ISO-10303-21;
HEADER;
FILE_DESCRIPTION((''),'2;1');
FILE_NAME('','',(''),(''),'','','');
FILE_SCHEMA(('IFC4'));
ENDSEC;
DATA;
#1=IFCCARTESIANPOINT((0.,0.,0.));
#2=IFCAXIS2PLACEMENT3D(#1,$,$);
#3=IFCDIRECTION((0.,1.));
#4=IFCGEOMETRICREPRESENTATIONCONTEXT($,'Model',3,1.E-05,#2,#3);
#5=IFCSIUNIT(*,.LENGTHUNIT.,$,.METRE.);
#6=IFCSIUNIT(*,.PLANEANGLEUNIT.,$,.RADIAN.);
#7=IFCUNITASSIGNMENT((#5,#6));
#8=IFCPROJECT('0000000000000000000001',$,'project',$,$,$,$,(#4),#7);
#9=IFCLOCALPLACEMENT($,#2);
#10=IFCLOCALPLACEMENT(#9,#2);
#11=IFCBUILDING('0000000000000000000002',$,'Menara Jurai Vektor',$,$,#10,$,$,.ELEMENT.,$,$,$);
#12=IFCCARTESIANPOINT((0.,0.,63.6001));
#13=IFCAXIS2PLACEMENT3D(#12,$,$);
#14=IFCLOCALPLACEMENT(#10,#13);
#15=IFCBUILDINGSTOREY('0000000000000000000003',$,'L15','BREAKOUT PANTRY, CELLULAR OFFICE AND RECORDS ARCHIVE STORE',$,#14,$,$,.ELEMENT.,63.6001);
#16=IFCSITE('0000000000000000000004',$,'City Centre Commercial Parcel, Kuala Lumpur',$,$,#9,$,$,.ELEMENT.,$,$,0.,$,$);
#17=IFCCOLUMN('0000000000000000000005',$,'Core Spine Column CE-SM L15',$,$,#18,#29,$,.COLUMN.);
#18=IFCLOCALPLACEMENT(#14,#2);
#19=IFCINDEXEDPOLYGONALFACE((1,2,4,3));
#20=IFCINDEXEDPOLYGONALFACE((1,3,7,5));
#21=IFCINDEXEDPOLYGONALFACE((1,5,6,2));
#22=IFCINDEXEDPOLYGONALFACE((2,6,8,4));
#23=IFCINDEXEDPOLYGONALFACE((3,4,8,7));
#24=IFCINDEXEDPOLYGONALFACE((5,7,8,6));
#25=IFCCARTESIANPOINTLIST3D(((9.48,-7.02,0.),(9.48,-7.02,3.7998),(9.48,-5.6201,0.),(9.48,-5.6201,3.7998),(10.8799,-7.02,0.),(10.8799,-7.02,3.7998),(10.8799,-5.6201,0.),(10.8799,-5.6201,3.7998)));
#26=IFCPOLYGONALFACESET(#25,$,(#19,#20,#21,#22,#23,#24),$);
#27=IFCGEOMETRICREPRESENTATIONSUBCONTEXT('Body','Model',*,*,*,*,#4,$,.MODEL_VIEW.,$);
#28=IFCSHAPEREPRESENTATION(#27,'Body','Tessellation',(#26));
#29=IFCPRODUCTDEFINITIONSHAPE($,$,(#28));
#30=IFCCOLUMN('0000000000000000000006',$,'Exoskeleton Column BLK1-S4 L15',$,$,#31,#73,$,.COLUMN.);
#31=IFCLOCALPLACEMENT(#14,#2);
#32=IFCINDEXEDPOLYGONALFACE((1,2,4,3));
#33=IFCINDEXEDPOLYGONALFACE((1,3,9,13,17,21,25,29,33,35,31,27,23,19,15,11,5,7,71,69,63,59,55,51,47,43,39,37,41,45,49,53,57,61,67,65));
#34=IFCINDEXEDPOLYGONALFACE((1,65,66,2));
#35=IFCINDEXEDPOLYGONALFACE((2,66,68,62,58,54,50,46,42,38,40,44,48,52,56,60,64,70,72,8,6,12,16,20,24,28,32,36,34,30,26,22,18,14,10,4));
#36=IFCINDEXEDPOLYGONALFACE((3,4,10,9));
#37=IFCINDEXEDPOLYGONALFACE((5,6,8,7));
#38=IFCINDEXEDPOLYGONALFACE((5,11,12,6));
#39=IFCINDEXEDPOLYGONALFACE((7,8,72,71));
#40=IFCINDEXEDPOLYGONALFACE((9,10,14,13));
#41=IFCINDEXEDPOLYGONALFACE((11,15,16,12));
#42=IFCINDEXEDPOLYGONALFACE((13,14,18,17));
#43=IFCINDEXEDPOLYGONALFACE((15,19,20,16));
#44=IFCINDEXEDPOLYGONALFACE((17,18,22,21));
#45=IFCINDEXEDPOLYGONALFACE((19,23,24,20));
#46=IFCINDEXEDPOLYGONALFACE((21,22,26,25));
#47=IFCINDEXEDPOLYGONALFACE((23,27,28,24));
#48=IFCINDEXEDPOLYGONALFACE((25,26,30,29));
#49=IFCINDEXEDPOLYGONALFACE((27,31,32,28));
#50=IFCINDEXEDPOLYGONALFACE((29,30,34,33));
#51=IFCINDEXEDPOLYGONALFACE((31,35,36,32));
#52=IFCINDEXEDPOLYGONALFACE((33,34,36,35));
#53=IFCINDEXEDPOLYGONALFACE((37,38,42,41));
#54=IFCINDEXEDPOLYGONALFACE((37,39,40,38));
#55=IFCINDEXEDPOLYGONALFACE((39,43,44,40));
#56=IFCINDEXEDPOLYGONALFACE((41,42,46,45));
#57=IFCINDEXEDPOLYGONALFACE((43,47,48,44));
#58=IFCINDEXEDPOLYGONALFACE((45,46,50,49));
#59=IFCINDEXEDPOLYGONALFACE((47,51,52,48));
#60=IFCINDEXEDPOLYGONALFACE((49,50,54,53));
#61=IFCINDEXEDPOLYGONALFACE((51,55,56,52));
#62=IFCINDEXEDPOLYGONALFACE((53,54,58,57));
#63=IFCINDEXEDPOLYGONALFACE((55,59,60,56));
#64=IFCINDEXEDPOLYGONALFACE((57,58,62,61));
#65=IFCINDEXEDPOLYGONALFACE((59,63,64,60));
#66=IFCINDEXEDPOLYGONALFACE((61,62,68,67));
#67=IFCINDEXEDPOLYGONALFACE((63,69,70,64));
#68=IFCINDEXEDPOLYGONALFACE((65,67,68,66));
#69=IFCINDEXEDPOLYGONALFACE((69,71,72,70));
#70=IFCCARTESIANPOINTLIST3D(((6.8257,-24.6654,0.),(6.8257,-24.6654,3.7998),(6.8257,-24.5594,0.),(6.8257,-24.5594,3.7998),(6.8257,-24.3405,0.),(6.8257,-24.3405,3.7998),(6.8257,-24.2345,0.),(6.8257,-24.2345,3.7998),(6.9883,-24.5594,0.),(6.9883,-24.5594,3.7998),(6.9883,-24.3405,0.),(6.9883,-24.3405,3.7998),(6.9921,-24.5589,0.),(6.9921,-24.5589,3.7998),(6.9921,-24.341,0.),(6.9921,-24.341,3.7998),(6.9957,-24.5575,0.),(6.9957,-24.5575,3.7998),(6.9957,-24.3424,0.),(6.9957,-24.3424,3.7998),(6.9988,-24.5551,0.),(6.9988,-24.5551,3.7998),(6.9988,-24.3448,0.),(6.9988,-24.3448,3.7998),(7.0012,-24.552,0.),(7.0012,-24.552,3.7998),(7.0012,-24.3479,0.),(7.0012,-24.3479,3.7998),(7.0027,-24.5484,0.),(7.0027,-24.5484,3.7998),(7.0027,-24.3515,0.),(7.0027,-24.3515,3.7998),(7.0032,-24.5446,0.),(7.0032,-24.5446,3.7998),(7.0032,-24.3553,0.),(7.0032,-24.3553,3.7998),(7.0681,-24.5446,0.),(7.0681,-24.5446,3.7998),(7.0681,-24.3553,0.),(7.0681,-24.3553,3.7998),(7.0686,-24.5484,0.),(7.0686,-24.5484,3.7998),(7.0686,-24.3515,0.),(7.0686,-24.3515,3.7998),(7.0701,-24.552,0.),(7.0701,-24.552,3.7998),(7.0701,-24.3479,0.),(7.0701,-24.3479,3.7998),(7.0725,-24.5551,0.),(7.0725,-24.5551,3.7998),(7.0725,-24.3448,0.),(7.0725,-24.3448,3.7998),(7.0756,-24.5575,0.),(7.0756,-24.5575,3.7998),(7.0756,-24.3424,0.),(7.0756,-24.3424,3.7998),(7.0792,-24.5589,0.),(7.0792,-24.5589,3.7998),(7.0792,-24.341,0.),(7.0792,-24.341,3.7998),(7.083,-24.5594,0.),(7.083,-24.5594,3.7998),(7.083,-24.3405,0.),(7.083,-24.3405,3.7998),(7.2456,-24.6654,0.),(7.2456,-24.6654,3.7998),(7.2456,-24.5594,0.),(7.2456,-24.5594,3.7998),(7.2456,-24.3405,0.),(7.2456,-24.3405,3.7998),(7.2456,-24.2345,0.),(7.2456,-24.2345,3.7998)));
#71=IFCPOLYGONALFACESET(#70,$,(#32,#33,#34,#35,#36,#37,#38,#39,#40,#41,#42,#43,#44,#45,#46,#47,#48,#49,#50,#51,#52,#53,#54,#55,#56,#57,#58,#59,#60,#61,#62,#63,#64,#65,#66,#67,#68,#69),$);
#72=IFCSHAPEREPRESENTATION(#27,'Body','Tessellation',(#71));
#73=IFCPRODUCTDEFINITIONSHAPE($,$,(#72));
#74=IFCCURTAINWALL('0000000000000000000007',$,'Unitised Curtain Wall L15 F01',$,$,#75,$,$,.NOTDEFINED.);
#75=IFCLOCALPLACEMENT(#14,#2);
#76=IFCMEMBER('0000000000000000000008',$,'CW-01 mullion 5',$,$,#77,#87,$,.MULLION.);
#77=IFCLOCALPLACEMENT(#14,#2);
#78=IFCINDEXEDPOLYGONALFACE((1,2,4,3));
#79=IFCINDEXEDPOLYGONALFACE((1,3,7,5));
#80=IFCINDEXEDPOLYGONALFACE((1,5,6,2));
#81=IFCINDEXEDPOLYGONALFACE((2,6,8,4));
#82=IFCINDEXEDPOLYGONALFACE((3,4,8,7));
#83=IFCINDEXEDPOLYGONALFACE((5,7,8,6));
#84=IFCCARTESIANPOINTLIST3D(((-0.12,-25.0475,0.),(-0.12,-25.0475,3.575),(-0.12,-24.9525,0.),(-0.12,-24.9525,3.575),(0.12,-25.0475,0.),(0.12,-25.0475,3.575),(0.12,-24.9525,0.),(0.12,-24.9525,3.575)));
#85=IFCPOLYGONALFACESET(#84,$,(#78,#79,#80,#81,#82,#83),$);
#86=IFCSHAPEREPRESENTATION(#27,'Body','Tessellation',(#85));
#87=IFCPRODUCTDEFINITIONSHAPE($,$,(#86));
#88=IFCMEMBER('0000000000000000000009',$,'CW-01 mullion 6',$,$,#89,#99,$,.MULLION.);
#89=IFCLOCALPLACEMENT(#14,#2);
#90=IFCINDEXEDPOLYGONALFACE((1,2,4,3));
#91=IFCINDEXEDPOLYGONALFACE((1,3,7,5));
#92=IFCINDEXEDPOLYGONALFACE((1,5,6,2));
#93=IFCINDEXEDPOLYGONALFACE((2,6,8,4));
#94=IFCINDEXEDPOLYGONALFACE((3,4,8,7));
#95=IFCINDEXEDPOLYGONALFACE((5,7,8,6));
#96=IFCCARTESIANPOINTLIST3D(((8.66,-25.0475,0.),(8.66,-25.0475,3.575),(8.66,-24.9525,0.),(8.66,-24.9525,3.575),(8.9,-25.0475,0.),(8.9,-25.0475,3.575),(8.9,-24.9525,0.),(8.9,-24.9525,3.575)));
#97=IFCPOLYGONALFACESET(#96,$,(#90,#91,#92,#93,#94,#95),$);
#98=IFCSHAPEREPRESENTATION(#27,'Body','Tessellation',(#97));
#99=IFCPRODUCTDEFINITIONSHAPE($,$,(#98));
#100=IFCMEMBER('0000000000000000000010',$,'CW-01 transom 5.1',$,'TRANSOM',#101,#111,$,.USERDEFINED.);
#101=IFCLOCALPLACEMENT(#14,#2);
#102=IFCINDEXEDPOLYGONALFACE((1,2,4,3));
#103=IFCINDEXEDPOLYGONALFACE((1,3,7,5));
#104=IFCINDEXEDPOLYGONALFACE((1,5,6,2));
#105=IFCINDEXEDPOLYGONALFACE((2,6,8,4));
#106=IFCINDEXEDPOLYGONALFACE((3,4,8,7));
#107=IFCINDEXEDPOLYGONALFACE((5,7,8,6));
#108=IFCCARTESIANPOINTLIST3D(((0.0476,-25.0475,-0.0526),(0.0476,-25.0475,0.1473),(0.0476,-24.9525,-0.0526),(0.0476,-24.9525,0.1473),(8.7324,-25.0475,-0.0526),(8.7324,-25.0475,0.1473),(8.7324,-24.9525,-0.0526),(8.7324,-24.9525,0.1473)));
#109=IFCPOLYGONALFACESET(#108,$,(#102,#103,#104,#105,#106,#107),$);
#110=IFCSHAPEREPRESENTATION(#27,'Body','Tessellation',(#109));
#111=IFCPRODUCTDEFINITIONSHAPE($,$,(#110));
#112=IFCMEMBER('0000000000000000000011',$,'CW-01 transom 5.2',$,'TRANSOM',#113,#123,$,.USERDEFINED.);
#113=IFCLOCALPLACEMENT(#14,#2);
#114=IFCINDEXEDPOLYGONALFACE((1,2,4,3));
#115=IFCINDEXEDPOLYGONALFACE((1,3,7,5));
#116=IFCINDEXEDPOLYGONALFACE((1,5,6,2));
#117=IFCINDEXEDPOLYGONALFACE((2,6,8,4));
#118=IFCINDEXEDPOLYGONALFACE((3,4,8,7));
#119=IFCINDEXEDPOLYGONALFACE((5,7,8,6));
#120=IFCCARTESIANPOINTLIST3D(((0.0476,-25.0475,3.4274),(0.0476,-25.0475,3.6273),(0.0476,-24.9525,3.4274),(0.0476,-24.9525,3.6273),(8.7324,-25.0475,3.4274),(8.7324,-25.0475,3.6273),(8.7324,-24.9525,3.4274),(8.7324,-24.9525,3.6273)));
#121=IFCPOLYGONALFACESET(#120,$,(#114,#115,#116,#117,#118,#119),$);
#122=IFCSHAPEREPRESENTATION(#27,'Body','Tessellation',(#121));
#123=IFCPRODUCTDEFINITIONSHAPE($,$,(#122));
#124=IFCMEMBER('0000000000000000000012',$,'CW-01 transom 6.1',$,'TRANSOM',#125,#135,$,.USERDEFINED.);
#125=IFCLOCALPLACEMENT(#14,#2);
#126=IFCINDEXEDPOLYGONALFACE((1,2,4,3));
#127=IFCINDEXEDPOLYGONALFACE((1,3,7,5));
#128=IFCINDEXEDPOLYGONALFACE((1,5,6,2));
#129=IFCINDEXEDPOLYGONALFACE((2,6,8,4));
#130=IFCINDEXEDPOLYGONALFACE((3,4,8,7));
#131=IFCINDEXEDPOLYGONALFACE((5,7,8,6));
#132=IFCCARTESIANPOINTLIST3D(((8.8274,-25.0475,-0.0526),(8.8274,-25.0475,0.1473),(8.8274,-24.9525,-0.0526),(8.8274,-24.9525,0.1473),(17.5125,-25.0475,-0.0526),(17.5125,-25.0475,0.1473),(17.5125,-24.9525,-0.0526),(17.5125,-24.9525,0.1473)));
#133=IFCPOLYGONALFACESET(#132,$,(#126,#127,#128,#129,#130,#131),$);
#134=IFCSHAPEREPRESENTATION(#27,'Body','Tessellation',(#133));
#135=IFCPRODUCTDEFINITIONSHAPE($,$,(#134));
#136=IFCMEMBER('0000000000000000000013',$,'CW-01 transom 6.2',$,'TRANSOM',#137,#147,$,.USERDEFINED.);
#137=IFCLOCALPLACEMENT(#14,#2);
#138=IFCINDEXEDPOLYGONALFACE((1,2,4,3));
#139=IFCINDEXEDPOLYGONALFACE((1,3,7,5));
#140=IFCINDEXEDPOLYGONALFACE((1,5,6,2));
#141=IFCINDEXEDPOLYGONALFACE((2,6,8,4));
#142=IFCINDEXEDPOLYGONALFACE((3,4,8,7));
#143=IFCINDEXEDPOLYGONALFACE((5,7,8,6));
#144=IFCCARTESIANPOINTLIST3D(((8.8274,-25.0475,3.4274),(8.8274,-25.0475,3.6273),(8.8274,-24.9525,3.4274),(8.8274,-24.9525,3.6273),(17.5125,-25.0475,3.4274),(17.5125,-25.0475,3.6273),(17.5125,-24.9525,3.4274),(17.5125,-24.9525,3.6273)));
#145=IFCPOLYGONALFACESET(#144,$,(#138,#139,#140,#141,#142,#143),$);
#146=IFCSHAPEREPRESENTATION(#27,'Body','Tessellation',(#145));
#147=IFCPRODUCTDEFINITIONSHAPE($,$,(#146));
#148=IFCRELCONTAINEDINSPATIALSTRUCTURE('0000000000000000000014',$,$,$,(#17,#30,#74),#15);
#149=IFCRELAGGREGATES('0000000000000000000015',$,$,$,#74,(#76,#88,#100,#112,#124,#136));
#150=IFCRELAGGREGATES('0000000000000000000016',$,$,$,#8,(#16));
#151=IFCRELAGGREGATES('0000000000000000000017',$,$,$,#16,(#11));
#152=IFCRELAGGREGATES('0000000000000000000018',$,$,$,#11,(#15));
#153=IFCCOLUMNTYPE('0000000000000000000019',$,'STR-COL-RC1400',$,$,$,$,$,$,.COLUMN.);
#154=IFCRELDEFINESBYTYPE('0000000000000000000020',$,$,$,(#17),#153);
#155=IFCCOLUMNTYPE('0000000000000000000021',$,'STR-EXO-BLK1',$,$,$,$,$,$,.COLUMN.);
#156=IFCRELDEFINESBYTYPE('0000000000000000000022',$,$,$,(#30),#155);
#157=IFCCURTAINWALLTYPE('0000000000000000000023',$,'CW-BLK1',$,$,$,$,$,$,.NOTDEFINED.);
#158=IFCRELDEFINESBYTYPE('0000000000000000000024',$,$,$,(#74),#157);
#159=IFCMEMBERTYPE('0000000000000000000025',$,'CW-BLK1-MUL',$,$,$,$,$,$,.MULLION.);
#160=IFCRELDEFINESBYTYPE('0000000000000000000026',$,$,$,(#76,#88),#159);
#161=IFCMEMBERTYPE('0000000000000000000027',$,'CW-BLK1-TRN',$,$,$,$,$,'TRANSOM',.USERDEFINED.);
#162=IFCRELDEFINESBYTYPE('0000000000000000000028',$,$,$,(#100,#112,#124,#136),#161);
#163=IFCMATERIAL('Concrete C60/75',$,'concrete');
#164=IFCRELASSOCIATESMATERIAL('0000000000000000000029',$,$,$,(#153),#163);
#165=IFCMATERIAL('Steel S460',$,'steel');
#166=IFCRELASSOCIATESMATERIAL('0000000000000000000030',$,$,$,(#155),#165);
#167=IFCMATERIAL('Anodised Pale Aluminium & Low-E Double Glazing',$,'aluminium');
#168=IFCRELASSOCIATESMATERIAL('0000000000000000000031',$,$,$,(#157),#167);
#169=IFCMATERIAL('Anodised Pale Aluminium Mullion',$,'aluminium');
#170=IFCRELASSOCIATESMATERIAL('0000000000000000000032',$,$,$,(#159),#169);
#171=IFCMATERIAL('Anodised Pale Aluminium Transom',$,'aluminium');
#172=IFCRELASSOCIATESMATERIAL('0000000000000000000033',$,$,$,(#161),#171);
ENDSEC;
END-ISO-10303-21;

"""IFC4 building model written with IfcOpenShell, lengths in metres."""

from ifc_helpers import new_model, si_unit, direction, frame, origin, origin_2d, place, context, subcontext, project, spatial, rectangle, i_section, extrude, material, material_profile, profile_set, type_object, element, aggregate, save


model = new_model("IFC4")

# Units and contexts
model_context = context("Model", 3, precision=1e-05, world=origin(), true_north=direction((0.0, 1.0)))
body_context = subcontext(model_context, "Body", "Model", "MODEL_VIEW")
ifc_project = project(units=[si_unit("LENGTHUNIT", "METRE"), si_unit("PLANEANGLEUNIT", "RADIAN")], contexts=[model_context])

# Site, building, storey
site_placement = place(None, origin())
site = spatial("IfcSite", under=ifc_project, at=site_placement, Name="City Centre Commercial Parcel, Kuala Lumpur", CompositionType="ELEMENT", RefElevation=0.0)
building_placement = place(site_placement, origin())
building = spatial("IfcBuilding", under=site, at=building_placement, Name="Menara Jurai Vektor", CompositionType="ELEMENT")
storey_placement = place(building_placement, frame((0.0, 0.0, 63.6001)))
storey = spatial("IfcBuildingStorey", under=building, at=storey_placement, Name="L15", Description="BREAKOUT PANTRY, CELLULAR OFFICE AND RECORDS ARCHIVE STORE", CompositionType="ELEMENT", Elevation=63.6001)

# Columns
ifc_material_1 = material(Name="Concrete C60/75", Category="concrete")
ifc_material_profile_1 = material_profile(ifc_material_1, rectangle(XDim=1.3999, YDim=1.3999, at=origin_2d()), Name="RC 1400x1400")
ifc_profile_set_1 = profile_set([ifc_material_profile_1], Name="Concrete C60/75")
column_type_1 = type_object("IfcColumnType", Name="STR-COL-RC1400", PredefinedType="COLUMN", material=ifc_profile_set_1)
column_1_placement = place(storey_placement, frame((10.1799, -6.3201, 0.0), z_axis=(0.0, 0.0, 1.0), x_axis=(1.0, 0.0, 0.0)))
element("IfcColumn", 1, at=column_1_placement, inside=storey, type_object=column_type_1, Name="Core Spine Column CE-SM L15", PredefinedType="COLUMN", context=body_context, shape_type="SweptSolid", body=[
    extrude(rectangle(XDim=1.3999, YDim=1.3999, at=origin_2d()), origin(), (0.0, 0.0, 1.0), 3.7998),
])
ifc_material_2 = material(Name="Steel S460", Category="steel")
ifc_material_profile_2 = material_profile(ifc_material_2, i_section(OverallWidth=0.4199, OverallDepth=0.4309, WebThickness=0.0649, FlangeThickness=0.106, FilletRadius=0.0149, at=origin_2d()), Name="HD 400x900")
ifc_profile_set_2 = profile_set([ifc_material_profile_2], Name="Steel S460")
column_type_2 = type_object("IfcColumnType", Name="STR-EXO-BLK1", PredefinedType="COLUMN", material=ifc_profile_set_2)
column_2_placement = place(storey_placement, frame((7.0356, -24.45, 0.0), z_axis=(0.0, 0.0, 1.0), x_axis=(1.0, 0.0, 0.0)))
element("IfcColumn", 2, at=column_2_placement, inside=storey, type_object=column_type_2, Name="Exoskeleton Column BLK1-S4 L15", PredefinedType="COLUMN", context=body_context, shape_type="SweptSolid", body=[
    extrude(i_section(OverallWidth=0.4199, OverallDepth=0.4309, WebThickness=0.0649, FlangeThickness=0.106, FilletRadius=0.0149, at=origin_2d()), origin(), (0.0, 0.0, 1.0), 3.7998),
])

# Curtain wall, members
ifc_material_3 = material(Name="Anodised Pale Aluminium & Low-E Double Glazing", Category="aluminium")
curtain_wall_type = type_object("IfcCurtainWallType", Name="CW-BLK1", PredefinedType="NOTDEFINED", material=ifc_material_3)
curtain_wall_placement = place(storey_placement, origin())
curtain_wall = element("IfcCurtainWall", 3, at=curtain_wall_placement, inside=storey, type_object=curtain_wall_type, Name="Unitised Curtain Wall L15 F01", PredefinedType="NOTDEFINED")
ifc_material_4 = material(Name="Anodised Pale Aluminium Mullion", Category="aluminium")
ifc_material_profile_3 = material_profile(ifc_material_4, rectangle(XDim=0.095, YDim=0.24, at=origin_2d()), Name="ALU MUL 95x240")
ifc_profile_set_3 = profile_set([ifc_material_profile_3], Name="Anodised Pale Aluminium Mullion")
member_type_1 = type_object("IfcMemberType", Name="CW-BLK1-MUL", PredefinedType="MULLION", material=ifc_profile_set_3)
member_1_placement = place(storey_placement, frame((0.0, -25.0, 0.0), z_axis=(0.0, 0.0, 1.0), x_axis=(0.0, 1.0, 0.0)))
member_1 = element("IfcMember", 4, at=member_1_placement, type_object=member_type_1, Name="CW-01 mullion 5", PredefinedType="MULLION", context=body_context, shape_type="SweptSolid", body=[
    extrude(rectangle(XDim=0.095, YDim=0.24, at=origin_2d()), origin(), (0.0, 0.0, 1.0), 3.575),
])
member_2_placement = place(storey_placement, frame((8.78, -25.0, 0.0), z_axis=(0.0, 0.0, 1.0), x_axis=(0.0, 1.0, 0.0)))
member_2 = element("IfcMember", 5, at=member_2_placement, type_object=member_type_1, Name="CW-01 mullion 6", PredefinedType="MULLION", context=body_context, shape_type="SweptSolid", body=[
    extrude(rectangle(XDim=0.095, YDim=0.24, at=origin_2d()), origin(), (0.0, 0.0, 1.0), 3.575),
])
ifc_material_5 = material(Name="Anodised Pale Aluminium Transom", Category="aluminium")
ifc_material_profile_4 = material_profile(ifc_material_5, rectangle(XDim=0.095, YDim=0.2, at=origin_2d()), Name="ALU TRN 95x200")
ifc_profile_set_4 = profile_set([ifc_material_profile_4], Name="Anodised Pale Aluminium Transom")
member_type_2 = type_object("IfcMemberType", Name="CW-BLK1-TRN", ElementType="TRANSOM", PredefinedType="USERDEFINED", material=ifc_profile_set_4)
member_3_placement = place(storey_placement, frame((0.0476, -25.0, 0.0474), z_axis=(1.0, 0.0, 0.0), x_axis=(0.0, 1.0, 0.0)))
member_3 = element("IfcMember", 6, at=member_3_placement, type_object=member_type_2, Name="CW-01 transom 5.1", ObjectType="TRANSOM", PredefinedType="USERDEFINED", context=body_context, shape_type="SweptSolid", body=[
    extrude(rectangle(XDim=0.095, YDim=0.2, at=origin_2d()), origin(), (0.0, 0.0, 1.0), 8.6848),
])
member_4_placement = place(storey_placement, frame((0.0476, -25.0, 3.5273), z_axis=(1.0, 0.0, 0.0), x_axis=(0.0, 1.0, 0.0)))
member_4 = element("IfcMember", 7, at=member_4_placement, type_object=member_type_2, Name="CW-01 transom 5.2", ObjectType="TRANSOM", PredefinedType="USERDEFINED", context=body_context, shape_type="SweptSolid", body=[
    extrude(rectangle(XDim=0.095, YDim=0.2, at=origin_2d()), origin(), (0.0, 0.0, 1.0), 8.6848),
])
member_5_placement = place(storey_placement, frame((8.8274, -25.0, 0.0474), z_axis=(1.0, 0.0, 0.0), x_axis=(0.0, 1.0, 0.0)))
member_5 = element("IfcMember", 8, at=member_5_placement, type_object=member_type_2, Name="CW-01 transom 6.1", ObjectType="TRANSOM", PredefinedType="USERDEFINED", context=body_context, shape_type="SweptSolid", body=[
    extrude(rectangle(XDim=0.095, YDim=0.2, at=origin_2d()), origin(), (0.0, 0.0, 1.0), 8.6851),
])
member_6_placement = place(storey_placement, frame((8.8274, -25.0, 3.5273), z_axis=(1.0, 0.0, 0.0), x_axis=(0.0, 1.0, 0.0)))
member_6 = element("IfcMember", 9, at=member_6_placement, type_object=member_type_2, Name="CW-01 transom 6.2", ObjectType="TRANSOM", PredefinedType="USERDEFINED", context=body_context, shape_type="SweptSolid", body=[
    extrude(rectangle(XDim=0.095, YDim=0.2, at=origin_2d()), origin(), (0.0, 0.0, 1.0), 8.6851),
])

aggregate(curtain_wall, [member_1, member_2, member_3, member_4, member_5, member_6])

save(model, "model.ifc")
